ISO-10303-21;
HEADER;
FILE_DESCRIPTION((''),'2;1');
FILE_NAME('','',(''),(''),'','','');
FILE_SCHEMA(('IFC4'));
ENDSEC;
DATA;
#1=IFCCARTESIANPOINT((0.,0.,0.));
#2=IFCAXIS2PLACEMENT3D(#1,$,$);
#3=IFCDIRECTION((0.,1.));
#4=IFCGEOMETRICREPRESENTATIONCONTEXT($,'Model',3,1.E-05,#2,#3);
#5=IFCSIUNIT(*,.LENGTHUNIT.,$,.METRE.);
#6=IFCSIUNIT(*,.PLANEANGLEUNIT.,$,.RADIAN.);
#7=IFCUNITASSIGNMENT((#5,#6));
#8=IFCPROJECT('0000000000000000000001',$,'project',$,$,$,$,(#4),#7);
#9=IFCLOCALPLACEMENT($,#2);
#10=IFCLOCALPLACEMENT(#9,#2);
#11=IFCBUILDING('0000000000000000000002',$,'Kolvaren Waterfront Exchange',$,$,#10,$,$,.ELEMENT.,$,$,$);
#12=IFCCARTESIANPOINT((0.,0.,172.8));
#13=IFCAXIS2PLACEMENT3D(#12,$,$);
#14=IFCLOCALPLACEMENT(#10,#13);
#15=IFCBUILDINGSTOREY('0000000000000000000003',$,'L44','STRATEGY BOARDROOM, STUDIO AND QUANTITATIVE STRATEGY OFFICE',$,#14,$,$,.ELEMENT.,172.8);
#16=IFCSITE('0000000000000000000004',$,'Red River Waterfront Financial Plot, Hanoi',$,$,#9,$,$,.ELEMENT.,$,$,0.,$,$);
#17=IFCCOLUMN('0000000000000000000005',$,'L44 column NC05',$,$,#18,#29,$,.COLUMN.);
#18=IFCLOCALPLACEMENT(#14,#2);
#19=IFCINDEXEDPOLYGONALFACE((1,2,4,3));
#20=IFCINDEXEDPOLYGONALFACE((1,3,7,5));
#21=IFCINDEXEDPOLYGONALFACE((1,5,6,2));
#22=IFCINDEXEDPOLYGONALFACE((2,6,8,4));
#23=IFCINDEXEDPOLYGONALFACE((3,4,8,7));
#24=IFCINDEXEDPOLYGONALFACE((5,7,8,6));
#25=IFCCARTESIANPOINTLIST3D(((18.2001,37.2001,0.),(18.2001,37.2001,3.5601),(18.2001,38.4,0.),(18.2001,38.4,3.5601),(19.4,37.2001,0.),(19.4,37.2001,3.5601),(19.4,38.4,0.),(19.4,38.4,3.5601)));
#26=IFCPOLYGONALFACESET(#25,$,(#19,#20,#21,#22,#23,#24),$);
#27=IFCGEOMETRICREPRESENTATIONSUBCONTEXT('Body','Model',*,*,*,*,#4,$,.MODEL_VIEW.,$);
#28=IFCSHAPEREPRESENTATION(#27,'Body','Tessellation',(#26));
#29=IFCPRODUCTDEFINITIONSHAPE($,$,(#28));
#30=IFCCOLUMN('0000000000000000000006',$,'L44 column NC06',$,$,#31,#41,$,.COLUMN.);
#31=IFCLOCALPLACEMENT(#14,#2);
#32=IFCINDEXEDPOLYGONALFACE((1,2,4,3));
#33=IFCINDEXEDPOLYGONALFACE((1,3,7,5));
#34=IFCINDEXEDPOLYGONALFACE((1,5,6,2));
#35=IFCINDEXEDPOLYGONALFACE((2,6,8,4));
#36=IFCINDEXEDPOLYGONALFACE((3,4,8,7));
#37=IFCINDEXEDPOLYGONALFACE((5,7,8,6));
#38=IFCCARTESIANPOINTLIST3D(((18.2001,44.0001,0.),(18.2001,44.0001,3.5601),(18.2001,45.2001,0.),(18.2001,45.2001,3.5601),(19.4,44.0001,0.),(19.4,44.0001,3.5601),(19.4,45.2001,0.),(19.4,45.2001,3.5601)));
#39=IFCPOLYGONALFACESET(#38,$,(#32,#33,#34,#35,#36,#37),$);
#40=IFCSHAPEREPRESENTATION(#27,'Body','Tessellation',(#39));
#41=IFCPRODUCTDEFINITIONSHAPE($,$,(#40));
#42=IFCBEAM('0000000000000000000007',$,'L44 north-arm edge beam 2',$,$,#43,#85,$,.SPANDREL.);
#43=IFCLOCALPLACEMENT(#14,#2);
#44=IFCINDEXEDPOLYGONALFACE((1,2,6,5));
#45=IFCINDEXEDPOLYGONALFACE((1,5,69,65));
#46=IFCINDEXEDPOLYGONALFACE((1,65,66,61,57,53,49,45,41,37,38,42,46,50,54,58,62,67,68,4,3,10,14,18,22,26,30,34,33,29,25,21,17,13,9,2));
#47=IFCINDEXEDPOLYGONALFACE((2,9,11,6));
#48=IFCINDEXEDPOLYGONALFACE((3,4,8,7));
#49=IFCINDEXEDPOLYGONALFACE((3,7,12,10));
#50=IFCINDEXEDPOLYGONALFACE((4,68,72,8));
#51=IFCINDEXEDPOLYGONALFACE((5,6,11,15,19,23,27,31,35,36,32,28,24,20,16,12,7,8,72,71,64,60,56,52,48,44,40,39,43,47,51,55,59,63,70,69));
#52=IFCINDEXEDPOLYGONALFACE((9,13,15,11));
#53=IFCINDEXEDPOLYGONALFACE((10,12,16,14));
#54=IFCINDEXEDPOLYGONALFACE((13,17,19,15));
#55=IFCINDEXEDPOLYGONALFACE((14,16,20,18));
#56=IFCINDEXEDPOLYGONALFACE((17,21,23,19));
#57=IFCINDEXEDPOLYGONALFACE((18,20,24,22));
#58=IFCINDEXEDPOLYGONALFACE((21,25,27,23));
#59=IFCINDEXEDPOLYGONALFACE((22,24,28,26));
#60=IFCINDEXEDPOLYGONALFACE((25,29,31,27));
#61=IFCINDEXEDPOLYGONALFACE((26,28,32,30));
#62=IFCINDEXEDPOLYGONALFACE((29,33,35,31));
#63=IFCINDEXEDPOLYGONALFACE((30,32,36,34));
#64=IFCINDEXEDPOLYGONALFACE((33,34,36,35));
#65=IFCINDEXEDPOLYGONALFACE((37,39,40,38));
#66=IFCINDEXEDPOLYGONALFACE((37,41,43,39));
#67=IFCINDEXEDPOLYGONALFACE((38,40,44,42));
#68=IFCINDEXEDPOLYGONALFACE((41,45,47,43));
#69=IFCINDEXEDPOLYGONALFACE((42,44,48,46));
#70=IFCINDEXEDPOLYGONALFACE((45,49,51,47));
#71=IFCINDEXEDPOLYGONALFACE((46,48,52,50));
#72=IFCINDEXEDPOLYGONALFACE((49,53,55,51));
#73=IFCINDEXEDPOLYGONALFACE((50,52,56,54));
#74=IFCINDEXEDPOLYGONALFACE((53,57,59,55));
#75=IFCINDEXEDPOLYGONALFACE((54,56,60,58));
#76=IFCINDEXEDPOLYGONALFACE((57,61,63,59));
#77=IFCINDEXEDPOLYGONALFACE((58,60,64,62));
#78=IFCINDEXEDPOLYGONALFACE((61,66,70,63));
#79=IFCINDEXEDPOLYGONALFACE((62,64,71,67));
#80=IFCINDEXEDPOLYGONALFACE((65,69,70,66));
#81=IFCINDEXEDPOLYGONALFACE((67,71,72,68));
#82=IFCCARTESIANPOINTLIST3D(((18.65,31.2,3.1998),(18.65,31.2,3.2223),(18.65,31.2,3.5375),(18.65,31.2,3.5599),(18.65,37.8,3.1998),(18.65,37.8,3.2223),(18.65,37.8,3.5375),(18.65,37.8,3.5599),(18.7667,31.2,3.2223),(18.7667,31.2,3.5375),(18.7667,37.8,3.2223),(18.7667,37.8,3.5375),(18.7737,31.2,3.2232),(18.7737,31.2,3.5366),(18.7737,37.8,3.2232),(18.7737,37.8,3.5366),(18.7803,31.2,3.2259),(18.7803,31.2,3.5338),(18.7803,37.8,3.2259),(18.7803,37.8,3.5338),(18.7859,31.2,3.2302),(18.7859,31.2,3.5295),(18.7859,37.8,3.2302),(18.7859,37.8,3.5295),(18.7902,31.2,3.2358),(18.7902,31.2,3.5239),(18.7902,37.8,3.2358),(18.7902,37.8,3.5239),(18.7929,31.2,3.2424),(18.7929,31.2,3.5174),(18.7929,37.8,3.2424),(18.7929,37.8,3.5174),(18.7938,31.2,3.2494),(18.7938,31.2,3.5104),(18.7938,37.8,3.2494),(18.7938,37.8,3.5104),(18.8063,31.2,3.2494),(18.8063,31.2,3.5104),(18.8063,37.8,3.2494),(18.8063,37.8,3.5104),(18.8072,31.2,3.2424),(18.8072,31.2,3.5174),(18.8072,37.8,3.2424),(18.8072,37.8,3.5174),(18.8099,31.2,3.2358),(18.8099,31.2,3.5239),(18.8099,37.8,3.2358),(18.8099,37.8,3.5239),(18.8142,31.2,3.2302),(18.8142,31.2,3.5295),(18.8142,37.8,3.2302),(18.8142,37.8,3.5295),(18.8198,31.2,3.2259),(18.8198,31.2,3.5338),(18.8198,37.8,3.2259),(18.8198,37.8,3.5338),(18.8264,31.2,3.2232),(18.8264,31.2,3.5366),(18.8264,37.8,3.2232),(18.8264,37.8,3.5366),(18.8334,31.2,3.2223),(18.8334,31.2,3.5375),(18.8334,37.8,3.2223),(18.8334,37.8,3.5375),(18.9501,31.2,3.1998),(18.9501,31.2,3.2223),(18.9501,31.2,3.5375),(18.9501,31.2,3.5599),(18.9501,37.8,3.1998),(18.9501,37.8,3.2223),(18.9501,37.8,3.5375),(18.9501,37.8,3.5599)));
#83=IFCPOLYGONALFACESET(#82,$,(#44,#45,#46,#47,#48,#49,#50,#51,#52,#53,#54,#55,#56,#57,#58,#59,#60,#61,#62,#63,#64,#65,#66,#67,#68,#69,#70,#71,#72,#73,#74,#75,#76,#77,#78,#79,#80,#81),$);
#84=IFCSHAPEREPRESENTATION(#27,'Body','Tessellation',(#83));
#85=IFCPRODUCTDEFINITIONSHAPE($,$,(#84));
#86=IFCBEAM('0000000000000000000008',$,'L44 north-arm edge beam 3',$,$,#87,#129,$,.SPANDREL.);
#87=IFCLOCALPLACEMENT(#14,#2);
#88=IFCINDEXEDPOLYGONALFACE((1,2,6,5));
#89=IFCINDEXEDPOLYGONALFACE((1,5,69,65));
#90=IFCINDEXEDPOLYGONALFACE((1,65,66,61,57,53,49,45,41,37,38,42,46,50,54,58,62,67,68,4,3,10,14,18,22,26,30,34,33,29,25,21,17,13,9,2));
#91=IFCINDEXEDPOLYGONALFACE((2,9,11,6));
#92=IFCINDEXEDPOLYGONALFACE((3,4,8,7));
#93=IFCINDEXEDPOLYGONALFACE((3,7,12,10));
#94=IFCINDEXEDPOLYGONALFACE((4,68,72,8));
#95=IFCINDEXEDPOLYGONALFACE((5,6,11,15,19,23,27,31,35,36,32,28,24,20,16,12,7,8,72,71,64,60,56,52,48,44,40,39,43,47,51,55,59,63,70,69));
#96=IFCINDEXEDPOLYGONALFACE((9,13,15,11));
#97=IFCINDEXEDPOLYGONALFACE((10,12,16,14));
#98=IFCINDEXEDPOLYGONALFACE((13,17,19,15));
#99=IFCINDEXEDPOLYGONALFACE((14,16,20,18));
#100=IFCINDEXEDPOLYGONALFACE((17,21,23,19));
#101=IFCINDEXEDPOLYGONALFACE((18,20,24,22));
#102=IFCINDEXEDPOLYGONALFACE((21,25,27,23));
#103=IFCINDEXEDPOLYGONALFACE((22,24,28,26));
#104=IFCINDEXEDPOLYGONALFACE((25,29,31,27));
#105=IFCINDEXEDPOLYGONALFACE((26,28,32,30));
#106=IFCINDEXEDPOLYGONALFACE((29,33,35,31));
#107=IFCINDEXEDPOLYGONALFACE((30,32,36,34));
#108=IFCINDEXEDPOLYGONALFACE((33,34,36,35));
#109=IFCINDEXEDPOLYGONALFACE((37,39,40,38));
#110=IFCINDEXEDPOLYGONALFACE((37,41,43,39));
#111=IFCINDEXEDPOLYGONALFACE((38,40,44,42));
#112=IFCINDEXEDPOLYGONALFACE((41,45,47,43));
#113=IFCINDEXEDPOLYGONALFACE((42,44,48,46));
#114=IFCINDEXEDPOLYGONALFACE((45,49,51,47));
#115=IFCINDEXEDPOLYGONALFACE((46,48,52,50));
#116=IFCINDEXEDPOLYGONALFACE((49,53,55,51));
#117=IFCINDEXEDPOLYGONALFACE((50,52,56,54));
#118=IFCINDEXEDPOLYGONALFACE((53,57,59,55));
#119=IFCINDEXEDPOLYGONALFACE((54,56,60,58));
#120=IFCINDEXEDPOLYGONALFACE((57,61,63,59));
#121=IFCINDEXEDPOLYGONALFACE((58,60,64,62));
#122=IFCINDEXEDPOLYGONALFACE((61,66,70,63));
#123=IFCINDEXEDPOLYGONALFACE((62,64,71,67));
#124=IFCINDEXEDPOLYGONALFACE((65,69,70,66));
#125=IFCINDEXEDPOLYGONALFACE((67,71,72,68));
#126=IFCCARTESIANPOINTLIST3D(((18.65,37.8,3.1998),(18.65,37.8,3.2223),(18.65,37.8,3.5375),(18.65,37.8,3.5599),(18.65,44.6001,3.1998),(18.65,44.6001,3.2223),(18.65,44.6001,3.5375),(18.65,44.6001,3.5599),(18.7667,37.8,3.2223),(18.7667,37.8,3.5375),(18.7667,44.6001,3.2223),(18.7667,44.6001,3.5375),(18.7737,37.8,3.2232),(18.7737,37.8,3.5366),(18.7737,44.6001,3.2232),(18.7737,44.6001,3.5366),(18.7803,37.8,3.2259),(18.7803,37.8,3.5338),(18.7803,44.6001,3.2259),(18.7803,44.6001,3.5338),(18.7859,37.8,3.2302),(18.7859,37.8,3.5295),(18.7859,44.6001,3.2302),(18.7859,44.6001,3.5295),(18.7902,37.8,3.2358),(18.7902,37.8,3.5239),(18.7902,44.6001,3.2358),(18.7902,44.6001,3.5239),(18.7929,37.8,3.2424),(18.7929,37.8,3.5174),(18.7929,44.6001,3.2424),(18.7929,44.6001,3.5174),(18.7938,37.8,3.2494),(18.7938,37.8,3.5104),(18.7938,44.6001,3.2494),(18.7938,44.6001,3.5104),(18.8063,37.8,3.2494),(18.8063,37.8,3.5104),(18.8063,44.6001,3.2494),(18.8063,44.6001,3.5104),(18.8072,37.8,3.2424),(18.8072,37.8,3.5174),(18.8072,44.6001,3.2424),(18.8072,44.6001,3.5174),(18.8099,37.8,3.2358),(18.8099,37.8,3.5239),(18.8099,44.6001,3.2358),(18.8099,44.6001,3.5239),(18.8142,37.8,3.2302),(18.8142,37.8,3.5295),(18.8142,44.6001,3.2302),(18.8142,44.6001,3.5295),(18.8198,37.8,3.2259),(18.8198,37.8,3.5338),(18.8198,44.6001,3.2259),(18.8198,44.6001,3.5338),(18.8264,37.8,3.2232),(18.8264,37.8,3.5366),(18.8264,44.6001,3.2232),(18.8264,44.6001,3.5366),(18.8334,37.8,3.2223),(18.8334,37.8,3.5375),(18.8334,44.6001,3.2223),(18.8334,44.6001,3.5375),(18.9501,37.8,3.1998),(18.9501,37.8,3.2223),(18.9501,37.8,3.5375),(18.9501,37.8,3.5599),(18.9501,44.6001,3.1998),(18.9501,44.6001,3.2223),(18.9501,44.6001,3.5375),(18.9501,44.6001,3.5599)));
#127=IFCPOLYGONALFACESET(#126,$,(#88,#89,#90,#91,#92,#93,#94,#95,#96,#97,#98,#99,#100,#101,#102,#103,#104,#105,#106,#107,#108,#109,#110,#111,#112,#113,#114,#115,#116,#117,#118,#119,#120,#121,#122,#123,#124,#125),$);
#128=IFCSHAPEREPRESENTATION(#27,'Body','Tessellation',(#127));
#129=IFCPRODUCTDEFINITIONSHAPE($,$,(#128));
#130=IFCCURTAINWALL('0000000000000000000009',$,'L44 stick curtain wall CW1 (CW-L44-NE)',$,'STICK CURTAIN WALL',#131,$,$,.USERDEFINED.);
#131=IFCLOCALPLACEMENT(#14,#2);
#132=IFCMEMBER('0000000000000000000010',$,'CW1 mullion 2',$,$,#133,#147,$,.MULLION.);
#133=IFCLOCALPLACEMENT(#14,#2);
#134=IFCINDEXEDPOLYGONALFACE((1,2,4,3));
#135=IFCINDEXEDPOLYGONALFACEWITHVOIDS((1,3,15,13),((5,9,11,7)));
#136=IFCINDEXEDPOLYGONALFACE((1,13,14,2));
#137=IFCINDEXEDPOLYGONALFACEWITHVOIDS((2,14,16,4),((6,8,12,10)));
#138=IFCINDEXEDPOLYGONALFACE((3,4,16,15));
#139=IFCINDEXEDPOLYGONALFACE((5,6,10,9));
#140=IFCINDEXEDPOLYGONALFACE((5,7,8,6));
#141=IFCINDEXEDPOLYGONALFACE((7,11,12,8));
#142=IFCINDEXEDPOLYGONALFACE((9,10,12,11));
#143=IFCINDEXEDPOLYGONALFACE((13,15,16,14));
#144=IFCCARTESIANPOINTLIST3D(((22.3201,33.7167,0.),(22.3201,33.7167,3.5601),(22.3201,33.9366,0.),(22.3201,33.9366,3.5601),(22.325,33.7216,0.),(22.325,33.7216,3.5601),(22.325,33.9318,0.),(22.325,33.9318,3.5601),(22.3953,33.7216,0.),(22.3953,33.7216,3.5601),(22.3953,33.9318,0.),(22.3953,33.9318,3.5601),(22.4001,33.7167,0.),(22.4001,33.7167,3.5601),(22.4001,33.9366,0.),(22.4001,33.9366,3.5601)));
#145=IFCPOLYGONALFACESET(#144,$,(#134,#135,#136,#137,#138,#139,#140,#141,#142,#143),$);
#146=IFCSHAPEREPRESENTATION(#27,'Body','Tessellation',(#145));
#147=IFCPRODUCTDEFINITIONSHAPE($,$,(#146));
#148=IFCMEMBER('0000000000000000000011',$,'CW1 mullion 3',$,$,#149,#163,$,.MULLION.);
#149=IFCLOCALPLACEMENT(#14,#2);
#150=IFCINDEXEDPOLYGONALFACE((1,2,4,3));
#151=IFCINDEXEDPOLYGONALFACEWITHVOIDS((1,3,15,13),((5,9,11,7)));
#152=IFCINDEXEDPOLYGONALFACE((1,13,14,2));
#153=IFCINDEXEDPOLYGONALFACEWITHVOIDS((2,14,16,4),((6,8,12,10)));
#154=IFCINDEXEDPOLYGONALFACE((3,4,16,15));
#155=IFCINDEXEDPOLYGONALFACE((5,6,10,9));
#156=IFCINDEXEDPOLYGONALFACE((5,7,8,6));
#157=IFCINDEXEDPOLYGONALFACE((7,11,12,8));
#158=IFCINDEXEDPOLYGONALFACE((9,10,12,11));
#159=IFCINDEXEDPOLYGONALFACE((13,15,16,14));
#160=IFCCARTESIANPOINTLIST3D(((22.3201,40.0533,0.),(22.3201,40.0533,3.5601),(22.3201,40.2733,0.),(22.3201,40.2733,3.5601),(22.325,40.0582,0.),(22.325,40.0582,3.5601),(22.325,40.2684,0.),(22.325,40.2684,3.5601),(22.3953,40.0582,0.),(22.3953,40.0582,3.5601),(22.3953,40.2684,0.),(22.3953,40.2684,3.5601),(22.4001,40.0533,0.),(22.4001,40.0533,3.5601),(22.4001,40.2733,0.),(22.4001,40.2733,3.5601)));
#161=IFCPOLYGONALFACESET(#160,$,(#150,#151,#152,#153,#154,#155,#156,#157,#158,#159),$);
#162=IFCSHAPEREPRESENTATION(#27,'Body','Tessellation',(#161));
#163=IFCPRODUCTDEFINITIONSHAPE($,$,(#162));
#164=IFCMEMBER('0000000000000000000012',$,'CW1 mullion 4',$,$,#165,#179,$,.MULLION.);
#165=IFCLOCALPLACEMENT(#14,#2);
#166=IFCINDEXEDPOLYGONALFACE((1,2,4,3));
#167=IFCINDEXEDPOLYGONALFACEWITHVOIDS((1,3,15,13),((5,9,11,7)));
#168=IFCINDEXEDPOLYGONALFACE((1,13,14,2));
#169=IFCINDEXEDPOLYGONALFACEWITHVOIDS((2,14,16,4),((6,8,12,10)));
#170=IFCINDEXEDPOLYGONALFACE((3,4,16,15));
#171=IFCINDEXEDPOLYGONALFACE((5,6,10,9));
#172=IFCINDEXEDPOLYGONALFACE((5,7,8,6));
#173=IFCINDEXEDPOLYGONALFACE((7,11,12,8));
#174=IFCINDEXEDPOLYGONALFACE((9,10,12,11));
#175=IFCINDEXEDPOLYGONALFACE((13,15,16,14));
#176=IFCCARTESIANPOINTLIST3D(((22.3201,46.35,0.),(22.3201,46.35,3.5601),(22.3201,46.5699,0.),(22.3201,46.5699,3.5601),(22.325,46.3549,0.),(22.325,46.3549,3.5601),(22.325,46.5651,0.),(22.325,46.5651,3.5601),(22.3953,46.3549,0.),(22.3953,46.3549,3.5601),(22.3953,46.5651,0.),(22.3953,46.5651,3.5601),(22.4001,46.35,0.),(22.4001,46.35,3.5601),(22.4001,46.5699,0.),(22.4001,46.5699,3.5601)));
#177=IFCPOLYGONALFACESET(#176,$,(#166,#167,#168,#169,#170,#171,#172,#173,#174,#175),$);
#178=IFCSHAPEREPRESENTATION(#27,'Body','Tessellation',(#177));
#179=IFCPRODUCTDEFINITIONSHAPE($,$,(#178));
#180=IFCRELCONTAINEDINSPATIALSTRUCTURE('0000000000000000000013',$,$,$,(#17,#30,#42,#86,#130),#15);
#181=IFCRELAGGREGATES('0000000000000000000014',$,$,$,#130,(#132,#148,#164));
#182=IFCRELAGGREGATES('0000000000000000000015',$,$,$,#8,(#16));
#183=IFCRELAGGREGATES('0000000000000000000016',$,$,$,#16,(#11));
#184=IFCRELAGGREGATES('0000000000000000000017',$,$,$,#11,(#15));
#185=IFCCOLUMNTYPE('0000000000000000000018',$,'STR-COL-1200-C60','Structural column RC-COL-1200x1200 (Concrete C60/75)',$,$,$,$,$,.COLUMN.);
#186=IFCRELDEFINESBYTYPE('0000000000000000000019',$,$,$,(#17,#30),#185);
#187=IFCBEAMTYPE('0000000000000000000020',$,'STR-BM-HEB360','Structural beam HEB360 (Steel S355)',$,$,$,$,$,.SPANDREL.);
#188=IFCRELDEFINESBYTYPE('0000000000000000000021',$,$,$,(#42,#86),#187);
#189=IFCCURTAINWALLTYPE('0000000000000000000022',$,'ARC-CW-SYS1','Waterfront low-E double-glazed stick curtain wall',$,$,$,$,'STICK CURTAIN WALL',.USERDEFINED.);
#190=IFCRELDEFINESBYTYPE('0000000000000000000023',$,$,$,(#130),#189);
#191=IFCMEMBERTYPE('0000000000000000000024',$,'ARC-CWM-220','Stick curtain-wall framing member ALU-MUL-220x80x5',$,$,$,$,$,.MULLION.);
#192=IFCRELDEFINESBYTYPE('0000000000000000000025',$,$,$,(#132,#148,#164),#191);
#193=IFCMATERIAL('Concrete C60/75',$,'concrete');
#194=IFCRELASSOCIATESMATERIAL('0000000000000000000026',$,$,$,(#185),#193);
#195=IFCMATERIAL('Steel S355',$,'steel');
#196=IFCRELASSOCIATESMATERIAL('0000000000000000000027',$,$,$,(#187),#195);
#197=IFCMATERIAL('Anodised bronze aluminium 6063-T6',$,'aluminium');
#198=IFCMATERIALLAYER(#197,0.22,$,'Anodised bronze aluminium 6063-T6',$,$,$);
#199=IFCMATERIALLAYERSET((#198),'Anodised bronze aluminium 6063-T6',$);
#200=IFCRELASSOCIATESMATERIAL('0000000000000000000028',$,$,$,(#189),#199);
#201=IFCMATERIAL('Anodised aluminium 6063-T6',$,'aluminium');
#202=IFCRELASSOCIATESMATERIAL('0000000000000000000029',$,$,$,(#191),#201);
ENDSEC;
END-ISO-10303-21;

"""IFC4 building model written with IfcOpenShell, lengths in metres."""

from ifc_helpers import new_model, si_unit, direction, frame, origin, origin_with_axes, origin_2d, place, context, subcontext, project, spatial, rectangle, hollow_rectangle, i_section, extrude, source, transform, mapped, material, layer, layer_set, material_profile, profile_set, type_object, element, aggregate, save


model = new_model("IFC4")

# Units and contexts
model_context = context("Model", 3, precision=1e-05, world=origin(), true_north=direction((0.0, 1.0)))
body_context = subcontext(model_context, "Body", "Model", "MODEL_VIEW")
ifc_project = project(units=[si_unit("LENGTHUNIT", "METRE"), si_unit("PLANEANGLEUNIT", "RADIAN")], contexts=[model_context])

# Site, building, storey
site_placement = place(None, origin())
site = spatial("IfcSite", under=ifc_project, at=site_placement, Name="Red River Waterfront Financial Plot, Hanoi", CompositionType="ELEMENT", RefElevation=0.0)
building_placement = place(site_placement, origin())
building = spatial("IfcBuilding", under=site, at=building_placement, Name="Kolvaren Waterfront Exchange", CompositionType="ELEMENT")
storey_placement = place(building_placement, frame((0.0, 0.0, 172.8)))
storey = spatial("IfcBuildingStorey", under=building, at=storey_placement, Name="L44", Description="STRATEGY BOARDROOM, STUDIO AND QUANTITATIVE STRATEGY OFFICE", CompositionType="ELEMENT", Elevation=172.8)

# Columns
ifc_material_1 = material(Name="Concrete C60/75", Category="concrete")
ifc_material_profile_1 = material_profile(ifc_material_1, rectangle(XDim=1.2, YDim=1.2, at=origin_2d()), Name="RC-COL-1200x1200")
ifc_profile_set_1 = profile_set([ifc_material_profile_1], Name="Concrete C60/75")
column_type = type_object("IfcColumnType", Name="STR-COL-1200-C60", Description="Structural column RC-COL-1200x1200 (Concrete C60/75)", PredefinedType="COLUMN", material=ifc_profile_set_1)
for number, where, z_axis, x_axis, name in (
    (1, (18.8, 37.8, 0.0), (0.0, 0.0, 1.0), (1.0, 0.0, 0.0), "L44 column NC05"),
    (2, (18.8, 44.6001, 0.0), (0.0, 0.0, 1.0), (1.0, 0.0, 0.0), "L44 column NC06"),
):
    element("IfcColumn", number, at=place(storey_placement, frame(where, z_axis=z_axis, x_axis=x_axis)), inside=storey, type_object=column_type, Name=name, PredefinedType="COLUMN", context=body_context, shape_type="SweptSolid", body=[
        extrude(rectangle(XDim=1.2, YDim=1.2, at=origin_2d()), origin(), (0.0, 0.0, 1.0), 3.5601),
    ])

# Beams
ifc_material_2 = material(Name="Steel S355", Category="steel")
ifc_material_profile_2 = material_profile(ifc_material_2, i_section(OverallWidth=0.3, OverallDepth=0.3601, WebThickness=0.0125, FlangeThickness=0.0225, FilletRadius=0.0271, at=origin_2d()), Name="HEB360")
ifc_profile_set_2 = profile_set([ifc_material_profile_2], Name="Steel S355")
beam_type = type_object("IfcBeamType", Name="STR-BM-HEB360", Description="Structural beam HEB360 (Steel S355)", PredefinedType="SPANDREL", material=ifc_profile_set_2)
beam_1_placement = place(storey_placement, frame((18.8, 31.2, 3.3799), z_axis=(0.0, 1.0, 0.0), x_axis=(-1.0, 0.0, 0.0)))
element("IfcBeam", 3, at=beam_1_placement, inside=storey, type_object=beam_type, Name="L44 north-arm edge beam 2", PredefinedType="SPANDREL", context=body_context, shape_type="SweptSolid", body=[
    extrude(i_section(OverallWidth=0.3, OverallDepth=0.3601, WebThickness=0.0125, FlangeThickness=0.0225, FilletRadius=0.0271, at=origin_2d()), origin(), (0.0, 0.0, 1.0), 6.6001),
])
beam_2_placement = place(storey_placement, frame((18.8, 37.8, 3.3799), z_axis=(0.0, 1.0, 0.0), x_axis=(-1.0, 0.0, 0.0)))
element("IfcBeam", 4, at=beam_2_placement, inside=storey, type_object=beam_type, Name="L44 north-arm edge beam 3", PredefinedType="SPANDREL", context=body_context, shape_type="SweptSolid", body=[
    extrude(i_section(OverallWidth=0.3, OverallDepth=0.3601, WebThickness=0.0125, FlangeThickness=0.0225, FilletRadius=0.0271, at=origin_2d()), origin(), (0.0, 0.0, 1.0), 6.8),
])

# Curtain wall, members
ifc_material_3 = material(Name="Anodised bronze aluminium 6063-T6", Category="aluminium")
ifc_layer_1 = layer(ifc_material_3, 0.22, Name="Anodised bronze aluminium 6063-T6")
ifc_layer_set_1 = layer_set([ifc_layer_1], Name="Anodised bronze aluminium 6063-T6")
curtain_wall_type = type_object("IfcCurtainWallType", Name="ARC-CW-SYS1", Description="Waterfront low-E double-glazed stick curtain wall", ElementType="STICK CURTAIN WALL", PredefinedType="USERDEFINED", material=ifc_layer_set_1)
curtain_wall_placement = place(storey_placement, origin())
curtain_wall = element("IfcCurtainWall", 5, at=curtain_wall_placement, inside=storey, type_object=curtain_wall_type, Name="L44 stick curtain wall CW1 (CW-L44-NE)", ObjectType="STICK CURTAIN WALL", PredefinedType="USERDEFINED")
ifc_material_4 = material(Name="Anodised aluminium 6063-T6", Category="aluminium")
ifc_material_profile_3 = material_profile(ifc_material_4, hollow_rectangle(XDim=0.0801, YDim=0.22, WallThickness=0.0049, at=origin_2d()), Name="ALU-MUL-220x80x5")
ifc_profile_set_3 = profile_set([ifc_material_profile_3], Name="Anodised aluminium 6063-T6")
member_type_1 = type_object("IfcMemberType", Name="ARC-CWM-220", Description="Stick curtain-wall framing member ALU-MUL-220x80x5", PredefinedType="MULLION", material=ifc_profile_set_3)
shared_shape_1 = source(origin_with_axes(), body_context, "Body", "SweptSolid", [
    extrude(hollow_rectangle(XDim=0.0801, YDim=0.22, WallThickness=0.0049, at=origin_2d()), origin(), (0.0, 0.0, 1.0), 3.5601),
])
member_1_placement = place(storey_placement, frame((22.3601, 33.8267, 0.0), z_axis=(0.0, 0.0, 1.0), x_axis=(-1.0, 0.0, 0.0)))
member_1 = element("IfcMember", 6, at=member_1_placement, type_object=member_type_1, Name="CW1 mullion 2", PredefinedType="MULLION", context=body_context, shape_type="MappedRepresentation", body=[
    mapped(shared_shape_1, transform((0.0, 0.0, 0.0), x_axis=(1.0, 0.0, 0.0), y_axis=(0.0, 1.0, 0.0), z_axis=(0.0, 0.0, 1.0), scale=1.0)),
])
member_2_placement = place(storey_placement, frame((22.3601, 40.1633, 0.0), z_axis=(0.0, 0.0, 1.0), x_axis=(-1.0, 0.0, 0.0)))
member_2 = element("IfcMember", 7, at=member_2_placement, type_object=member_type_1, Name="CW1 mullion 3", PredefinedType="MULLION", context=body_context, shape_type="MappedRepresentation", body=[
    mapped(shared_shape_1, transform((0.0, 0.0, 0.0), x_axis=(1.0, 0.0, 0.0), y_axis=(0.0, 1.0, 0.0), z_axis=(0.0, 0.0, 1.0), scale=1.0)),
])
member_3_placement = place(storey_placement, frame((22.3601, 46.46, 0.0), z_axis=(0.0, 0.0, 1.0), x_axis=(-1.0, 0.0, 0.0)))
member_3 = element("IfcMember", 8, at=member_3_placement, type_object=member_type_1, Name="CW1 mullion 4", PredefinedType="MULLION", context=body_context, shape_type="MappedRepresentation", body=[
    mapped(shared_shape_1, transform((0.0, 0.0, 0.0), x_axis=(1.0, 0.0, 0.0), y_axis=(0.0, 1.0, 0.0), z_axis=(0.0, 0.0, 1.0), scale=1.0)),
])
aggregate(curtain_wall, [member_1, member_2, member_3])

save(model, "model.ifc")
